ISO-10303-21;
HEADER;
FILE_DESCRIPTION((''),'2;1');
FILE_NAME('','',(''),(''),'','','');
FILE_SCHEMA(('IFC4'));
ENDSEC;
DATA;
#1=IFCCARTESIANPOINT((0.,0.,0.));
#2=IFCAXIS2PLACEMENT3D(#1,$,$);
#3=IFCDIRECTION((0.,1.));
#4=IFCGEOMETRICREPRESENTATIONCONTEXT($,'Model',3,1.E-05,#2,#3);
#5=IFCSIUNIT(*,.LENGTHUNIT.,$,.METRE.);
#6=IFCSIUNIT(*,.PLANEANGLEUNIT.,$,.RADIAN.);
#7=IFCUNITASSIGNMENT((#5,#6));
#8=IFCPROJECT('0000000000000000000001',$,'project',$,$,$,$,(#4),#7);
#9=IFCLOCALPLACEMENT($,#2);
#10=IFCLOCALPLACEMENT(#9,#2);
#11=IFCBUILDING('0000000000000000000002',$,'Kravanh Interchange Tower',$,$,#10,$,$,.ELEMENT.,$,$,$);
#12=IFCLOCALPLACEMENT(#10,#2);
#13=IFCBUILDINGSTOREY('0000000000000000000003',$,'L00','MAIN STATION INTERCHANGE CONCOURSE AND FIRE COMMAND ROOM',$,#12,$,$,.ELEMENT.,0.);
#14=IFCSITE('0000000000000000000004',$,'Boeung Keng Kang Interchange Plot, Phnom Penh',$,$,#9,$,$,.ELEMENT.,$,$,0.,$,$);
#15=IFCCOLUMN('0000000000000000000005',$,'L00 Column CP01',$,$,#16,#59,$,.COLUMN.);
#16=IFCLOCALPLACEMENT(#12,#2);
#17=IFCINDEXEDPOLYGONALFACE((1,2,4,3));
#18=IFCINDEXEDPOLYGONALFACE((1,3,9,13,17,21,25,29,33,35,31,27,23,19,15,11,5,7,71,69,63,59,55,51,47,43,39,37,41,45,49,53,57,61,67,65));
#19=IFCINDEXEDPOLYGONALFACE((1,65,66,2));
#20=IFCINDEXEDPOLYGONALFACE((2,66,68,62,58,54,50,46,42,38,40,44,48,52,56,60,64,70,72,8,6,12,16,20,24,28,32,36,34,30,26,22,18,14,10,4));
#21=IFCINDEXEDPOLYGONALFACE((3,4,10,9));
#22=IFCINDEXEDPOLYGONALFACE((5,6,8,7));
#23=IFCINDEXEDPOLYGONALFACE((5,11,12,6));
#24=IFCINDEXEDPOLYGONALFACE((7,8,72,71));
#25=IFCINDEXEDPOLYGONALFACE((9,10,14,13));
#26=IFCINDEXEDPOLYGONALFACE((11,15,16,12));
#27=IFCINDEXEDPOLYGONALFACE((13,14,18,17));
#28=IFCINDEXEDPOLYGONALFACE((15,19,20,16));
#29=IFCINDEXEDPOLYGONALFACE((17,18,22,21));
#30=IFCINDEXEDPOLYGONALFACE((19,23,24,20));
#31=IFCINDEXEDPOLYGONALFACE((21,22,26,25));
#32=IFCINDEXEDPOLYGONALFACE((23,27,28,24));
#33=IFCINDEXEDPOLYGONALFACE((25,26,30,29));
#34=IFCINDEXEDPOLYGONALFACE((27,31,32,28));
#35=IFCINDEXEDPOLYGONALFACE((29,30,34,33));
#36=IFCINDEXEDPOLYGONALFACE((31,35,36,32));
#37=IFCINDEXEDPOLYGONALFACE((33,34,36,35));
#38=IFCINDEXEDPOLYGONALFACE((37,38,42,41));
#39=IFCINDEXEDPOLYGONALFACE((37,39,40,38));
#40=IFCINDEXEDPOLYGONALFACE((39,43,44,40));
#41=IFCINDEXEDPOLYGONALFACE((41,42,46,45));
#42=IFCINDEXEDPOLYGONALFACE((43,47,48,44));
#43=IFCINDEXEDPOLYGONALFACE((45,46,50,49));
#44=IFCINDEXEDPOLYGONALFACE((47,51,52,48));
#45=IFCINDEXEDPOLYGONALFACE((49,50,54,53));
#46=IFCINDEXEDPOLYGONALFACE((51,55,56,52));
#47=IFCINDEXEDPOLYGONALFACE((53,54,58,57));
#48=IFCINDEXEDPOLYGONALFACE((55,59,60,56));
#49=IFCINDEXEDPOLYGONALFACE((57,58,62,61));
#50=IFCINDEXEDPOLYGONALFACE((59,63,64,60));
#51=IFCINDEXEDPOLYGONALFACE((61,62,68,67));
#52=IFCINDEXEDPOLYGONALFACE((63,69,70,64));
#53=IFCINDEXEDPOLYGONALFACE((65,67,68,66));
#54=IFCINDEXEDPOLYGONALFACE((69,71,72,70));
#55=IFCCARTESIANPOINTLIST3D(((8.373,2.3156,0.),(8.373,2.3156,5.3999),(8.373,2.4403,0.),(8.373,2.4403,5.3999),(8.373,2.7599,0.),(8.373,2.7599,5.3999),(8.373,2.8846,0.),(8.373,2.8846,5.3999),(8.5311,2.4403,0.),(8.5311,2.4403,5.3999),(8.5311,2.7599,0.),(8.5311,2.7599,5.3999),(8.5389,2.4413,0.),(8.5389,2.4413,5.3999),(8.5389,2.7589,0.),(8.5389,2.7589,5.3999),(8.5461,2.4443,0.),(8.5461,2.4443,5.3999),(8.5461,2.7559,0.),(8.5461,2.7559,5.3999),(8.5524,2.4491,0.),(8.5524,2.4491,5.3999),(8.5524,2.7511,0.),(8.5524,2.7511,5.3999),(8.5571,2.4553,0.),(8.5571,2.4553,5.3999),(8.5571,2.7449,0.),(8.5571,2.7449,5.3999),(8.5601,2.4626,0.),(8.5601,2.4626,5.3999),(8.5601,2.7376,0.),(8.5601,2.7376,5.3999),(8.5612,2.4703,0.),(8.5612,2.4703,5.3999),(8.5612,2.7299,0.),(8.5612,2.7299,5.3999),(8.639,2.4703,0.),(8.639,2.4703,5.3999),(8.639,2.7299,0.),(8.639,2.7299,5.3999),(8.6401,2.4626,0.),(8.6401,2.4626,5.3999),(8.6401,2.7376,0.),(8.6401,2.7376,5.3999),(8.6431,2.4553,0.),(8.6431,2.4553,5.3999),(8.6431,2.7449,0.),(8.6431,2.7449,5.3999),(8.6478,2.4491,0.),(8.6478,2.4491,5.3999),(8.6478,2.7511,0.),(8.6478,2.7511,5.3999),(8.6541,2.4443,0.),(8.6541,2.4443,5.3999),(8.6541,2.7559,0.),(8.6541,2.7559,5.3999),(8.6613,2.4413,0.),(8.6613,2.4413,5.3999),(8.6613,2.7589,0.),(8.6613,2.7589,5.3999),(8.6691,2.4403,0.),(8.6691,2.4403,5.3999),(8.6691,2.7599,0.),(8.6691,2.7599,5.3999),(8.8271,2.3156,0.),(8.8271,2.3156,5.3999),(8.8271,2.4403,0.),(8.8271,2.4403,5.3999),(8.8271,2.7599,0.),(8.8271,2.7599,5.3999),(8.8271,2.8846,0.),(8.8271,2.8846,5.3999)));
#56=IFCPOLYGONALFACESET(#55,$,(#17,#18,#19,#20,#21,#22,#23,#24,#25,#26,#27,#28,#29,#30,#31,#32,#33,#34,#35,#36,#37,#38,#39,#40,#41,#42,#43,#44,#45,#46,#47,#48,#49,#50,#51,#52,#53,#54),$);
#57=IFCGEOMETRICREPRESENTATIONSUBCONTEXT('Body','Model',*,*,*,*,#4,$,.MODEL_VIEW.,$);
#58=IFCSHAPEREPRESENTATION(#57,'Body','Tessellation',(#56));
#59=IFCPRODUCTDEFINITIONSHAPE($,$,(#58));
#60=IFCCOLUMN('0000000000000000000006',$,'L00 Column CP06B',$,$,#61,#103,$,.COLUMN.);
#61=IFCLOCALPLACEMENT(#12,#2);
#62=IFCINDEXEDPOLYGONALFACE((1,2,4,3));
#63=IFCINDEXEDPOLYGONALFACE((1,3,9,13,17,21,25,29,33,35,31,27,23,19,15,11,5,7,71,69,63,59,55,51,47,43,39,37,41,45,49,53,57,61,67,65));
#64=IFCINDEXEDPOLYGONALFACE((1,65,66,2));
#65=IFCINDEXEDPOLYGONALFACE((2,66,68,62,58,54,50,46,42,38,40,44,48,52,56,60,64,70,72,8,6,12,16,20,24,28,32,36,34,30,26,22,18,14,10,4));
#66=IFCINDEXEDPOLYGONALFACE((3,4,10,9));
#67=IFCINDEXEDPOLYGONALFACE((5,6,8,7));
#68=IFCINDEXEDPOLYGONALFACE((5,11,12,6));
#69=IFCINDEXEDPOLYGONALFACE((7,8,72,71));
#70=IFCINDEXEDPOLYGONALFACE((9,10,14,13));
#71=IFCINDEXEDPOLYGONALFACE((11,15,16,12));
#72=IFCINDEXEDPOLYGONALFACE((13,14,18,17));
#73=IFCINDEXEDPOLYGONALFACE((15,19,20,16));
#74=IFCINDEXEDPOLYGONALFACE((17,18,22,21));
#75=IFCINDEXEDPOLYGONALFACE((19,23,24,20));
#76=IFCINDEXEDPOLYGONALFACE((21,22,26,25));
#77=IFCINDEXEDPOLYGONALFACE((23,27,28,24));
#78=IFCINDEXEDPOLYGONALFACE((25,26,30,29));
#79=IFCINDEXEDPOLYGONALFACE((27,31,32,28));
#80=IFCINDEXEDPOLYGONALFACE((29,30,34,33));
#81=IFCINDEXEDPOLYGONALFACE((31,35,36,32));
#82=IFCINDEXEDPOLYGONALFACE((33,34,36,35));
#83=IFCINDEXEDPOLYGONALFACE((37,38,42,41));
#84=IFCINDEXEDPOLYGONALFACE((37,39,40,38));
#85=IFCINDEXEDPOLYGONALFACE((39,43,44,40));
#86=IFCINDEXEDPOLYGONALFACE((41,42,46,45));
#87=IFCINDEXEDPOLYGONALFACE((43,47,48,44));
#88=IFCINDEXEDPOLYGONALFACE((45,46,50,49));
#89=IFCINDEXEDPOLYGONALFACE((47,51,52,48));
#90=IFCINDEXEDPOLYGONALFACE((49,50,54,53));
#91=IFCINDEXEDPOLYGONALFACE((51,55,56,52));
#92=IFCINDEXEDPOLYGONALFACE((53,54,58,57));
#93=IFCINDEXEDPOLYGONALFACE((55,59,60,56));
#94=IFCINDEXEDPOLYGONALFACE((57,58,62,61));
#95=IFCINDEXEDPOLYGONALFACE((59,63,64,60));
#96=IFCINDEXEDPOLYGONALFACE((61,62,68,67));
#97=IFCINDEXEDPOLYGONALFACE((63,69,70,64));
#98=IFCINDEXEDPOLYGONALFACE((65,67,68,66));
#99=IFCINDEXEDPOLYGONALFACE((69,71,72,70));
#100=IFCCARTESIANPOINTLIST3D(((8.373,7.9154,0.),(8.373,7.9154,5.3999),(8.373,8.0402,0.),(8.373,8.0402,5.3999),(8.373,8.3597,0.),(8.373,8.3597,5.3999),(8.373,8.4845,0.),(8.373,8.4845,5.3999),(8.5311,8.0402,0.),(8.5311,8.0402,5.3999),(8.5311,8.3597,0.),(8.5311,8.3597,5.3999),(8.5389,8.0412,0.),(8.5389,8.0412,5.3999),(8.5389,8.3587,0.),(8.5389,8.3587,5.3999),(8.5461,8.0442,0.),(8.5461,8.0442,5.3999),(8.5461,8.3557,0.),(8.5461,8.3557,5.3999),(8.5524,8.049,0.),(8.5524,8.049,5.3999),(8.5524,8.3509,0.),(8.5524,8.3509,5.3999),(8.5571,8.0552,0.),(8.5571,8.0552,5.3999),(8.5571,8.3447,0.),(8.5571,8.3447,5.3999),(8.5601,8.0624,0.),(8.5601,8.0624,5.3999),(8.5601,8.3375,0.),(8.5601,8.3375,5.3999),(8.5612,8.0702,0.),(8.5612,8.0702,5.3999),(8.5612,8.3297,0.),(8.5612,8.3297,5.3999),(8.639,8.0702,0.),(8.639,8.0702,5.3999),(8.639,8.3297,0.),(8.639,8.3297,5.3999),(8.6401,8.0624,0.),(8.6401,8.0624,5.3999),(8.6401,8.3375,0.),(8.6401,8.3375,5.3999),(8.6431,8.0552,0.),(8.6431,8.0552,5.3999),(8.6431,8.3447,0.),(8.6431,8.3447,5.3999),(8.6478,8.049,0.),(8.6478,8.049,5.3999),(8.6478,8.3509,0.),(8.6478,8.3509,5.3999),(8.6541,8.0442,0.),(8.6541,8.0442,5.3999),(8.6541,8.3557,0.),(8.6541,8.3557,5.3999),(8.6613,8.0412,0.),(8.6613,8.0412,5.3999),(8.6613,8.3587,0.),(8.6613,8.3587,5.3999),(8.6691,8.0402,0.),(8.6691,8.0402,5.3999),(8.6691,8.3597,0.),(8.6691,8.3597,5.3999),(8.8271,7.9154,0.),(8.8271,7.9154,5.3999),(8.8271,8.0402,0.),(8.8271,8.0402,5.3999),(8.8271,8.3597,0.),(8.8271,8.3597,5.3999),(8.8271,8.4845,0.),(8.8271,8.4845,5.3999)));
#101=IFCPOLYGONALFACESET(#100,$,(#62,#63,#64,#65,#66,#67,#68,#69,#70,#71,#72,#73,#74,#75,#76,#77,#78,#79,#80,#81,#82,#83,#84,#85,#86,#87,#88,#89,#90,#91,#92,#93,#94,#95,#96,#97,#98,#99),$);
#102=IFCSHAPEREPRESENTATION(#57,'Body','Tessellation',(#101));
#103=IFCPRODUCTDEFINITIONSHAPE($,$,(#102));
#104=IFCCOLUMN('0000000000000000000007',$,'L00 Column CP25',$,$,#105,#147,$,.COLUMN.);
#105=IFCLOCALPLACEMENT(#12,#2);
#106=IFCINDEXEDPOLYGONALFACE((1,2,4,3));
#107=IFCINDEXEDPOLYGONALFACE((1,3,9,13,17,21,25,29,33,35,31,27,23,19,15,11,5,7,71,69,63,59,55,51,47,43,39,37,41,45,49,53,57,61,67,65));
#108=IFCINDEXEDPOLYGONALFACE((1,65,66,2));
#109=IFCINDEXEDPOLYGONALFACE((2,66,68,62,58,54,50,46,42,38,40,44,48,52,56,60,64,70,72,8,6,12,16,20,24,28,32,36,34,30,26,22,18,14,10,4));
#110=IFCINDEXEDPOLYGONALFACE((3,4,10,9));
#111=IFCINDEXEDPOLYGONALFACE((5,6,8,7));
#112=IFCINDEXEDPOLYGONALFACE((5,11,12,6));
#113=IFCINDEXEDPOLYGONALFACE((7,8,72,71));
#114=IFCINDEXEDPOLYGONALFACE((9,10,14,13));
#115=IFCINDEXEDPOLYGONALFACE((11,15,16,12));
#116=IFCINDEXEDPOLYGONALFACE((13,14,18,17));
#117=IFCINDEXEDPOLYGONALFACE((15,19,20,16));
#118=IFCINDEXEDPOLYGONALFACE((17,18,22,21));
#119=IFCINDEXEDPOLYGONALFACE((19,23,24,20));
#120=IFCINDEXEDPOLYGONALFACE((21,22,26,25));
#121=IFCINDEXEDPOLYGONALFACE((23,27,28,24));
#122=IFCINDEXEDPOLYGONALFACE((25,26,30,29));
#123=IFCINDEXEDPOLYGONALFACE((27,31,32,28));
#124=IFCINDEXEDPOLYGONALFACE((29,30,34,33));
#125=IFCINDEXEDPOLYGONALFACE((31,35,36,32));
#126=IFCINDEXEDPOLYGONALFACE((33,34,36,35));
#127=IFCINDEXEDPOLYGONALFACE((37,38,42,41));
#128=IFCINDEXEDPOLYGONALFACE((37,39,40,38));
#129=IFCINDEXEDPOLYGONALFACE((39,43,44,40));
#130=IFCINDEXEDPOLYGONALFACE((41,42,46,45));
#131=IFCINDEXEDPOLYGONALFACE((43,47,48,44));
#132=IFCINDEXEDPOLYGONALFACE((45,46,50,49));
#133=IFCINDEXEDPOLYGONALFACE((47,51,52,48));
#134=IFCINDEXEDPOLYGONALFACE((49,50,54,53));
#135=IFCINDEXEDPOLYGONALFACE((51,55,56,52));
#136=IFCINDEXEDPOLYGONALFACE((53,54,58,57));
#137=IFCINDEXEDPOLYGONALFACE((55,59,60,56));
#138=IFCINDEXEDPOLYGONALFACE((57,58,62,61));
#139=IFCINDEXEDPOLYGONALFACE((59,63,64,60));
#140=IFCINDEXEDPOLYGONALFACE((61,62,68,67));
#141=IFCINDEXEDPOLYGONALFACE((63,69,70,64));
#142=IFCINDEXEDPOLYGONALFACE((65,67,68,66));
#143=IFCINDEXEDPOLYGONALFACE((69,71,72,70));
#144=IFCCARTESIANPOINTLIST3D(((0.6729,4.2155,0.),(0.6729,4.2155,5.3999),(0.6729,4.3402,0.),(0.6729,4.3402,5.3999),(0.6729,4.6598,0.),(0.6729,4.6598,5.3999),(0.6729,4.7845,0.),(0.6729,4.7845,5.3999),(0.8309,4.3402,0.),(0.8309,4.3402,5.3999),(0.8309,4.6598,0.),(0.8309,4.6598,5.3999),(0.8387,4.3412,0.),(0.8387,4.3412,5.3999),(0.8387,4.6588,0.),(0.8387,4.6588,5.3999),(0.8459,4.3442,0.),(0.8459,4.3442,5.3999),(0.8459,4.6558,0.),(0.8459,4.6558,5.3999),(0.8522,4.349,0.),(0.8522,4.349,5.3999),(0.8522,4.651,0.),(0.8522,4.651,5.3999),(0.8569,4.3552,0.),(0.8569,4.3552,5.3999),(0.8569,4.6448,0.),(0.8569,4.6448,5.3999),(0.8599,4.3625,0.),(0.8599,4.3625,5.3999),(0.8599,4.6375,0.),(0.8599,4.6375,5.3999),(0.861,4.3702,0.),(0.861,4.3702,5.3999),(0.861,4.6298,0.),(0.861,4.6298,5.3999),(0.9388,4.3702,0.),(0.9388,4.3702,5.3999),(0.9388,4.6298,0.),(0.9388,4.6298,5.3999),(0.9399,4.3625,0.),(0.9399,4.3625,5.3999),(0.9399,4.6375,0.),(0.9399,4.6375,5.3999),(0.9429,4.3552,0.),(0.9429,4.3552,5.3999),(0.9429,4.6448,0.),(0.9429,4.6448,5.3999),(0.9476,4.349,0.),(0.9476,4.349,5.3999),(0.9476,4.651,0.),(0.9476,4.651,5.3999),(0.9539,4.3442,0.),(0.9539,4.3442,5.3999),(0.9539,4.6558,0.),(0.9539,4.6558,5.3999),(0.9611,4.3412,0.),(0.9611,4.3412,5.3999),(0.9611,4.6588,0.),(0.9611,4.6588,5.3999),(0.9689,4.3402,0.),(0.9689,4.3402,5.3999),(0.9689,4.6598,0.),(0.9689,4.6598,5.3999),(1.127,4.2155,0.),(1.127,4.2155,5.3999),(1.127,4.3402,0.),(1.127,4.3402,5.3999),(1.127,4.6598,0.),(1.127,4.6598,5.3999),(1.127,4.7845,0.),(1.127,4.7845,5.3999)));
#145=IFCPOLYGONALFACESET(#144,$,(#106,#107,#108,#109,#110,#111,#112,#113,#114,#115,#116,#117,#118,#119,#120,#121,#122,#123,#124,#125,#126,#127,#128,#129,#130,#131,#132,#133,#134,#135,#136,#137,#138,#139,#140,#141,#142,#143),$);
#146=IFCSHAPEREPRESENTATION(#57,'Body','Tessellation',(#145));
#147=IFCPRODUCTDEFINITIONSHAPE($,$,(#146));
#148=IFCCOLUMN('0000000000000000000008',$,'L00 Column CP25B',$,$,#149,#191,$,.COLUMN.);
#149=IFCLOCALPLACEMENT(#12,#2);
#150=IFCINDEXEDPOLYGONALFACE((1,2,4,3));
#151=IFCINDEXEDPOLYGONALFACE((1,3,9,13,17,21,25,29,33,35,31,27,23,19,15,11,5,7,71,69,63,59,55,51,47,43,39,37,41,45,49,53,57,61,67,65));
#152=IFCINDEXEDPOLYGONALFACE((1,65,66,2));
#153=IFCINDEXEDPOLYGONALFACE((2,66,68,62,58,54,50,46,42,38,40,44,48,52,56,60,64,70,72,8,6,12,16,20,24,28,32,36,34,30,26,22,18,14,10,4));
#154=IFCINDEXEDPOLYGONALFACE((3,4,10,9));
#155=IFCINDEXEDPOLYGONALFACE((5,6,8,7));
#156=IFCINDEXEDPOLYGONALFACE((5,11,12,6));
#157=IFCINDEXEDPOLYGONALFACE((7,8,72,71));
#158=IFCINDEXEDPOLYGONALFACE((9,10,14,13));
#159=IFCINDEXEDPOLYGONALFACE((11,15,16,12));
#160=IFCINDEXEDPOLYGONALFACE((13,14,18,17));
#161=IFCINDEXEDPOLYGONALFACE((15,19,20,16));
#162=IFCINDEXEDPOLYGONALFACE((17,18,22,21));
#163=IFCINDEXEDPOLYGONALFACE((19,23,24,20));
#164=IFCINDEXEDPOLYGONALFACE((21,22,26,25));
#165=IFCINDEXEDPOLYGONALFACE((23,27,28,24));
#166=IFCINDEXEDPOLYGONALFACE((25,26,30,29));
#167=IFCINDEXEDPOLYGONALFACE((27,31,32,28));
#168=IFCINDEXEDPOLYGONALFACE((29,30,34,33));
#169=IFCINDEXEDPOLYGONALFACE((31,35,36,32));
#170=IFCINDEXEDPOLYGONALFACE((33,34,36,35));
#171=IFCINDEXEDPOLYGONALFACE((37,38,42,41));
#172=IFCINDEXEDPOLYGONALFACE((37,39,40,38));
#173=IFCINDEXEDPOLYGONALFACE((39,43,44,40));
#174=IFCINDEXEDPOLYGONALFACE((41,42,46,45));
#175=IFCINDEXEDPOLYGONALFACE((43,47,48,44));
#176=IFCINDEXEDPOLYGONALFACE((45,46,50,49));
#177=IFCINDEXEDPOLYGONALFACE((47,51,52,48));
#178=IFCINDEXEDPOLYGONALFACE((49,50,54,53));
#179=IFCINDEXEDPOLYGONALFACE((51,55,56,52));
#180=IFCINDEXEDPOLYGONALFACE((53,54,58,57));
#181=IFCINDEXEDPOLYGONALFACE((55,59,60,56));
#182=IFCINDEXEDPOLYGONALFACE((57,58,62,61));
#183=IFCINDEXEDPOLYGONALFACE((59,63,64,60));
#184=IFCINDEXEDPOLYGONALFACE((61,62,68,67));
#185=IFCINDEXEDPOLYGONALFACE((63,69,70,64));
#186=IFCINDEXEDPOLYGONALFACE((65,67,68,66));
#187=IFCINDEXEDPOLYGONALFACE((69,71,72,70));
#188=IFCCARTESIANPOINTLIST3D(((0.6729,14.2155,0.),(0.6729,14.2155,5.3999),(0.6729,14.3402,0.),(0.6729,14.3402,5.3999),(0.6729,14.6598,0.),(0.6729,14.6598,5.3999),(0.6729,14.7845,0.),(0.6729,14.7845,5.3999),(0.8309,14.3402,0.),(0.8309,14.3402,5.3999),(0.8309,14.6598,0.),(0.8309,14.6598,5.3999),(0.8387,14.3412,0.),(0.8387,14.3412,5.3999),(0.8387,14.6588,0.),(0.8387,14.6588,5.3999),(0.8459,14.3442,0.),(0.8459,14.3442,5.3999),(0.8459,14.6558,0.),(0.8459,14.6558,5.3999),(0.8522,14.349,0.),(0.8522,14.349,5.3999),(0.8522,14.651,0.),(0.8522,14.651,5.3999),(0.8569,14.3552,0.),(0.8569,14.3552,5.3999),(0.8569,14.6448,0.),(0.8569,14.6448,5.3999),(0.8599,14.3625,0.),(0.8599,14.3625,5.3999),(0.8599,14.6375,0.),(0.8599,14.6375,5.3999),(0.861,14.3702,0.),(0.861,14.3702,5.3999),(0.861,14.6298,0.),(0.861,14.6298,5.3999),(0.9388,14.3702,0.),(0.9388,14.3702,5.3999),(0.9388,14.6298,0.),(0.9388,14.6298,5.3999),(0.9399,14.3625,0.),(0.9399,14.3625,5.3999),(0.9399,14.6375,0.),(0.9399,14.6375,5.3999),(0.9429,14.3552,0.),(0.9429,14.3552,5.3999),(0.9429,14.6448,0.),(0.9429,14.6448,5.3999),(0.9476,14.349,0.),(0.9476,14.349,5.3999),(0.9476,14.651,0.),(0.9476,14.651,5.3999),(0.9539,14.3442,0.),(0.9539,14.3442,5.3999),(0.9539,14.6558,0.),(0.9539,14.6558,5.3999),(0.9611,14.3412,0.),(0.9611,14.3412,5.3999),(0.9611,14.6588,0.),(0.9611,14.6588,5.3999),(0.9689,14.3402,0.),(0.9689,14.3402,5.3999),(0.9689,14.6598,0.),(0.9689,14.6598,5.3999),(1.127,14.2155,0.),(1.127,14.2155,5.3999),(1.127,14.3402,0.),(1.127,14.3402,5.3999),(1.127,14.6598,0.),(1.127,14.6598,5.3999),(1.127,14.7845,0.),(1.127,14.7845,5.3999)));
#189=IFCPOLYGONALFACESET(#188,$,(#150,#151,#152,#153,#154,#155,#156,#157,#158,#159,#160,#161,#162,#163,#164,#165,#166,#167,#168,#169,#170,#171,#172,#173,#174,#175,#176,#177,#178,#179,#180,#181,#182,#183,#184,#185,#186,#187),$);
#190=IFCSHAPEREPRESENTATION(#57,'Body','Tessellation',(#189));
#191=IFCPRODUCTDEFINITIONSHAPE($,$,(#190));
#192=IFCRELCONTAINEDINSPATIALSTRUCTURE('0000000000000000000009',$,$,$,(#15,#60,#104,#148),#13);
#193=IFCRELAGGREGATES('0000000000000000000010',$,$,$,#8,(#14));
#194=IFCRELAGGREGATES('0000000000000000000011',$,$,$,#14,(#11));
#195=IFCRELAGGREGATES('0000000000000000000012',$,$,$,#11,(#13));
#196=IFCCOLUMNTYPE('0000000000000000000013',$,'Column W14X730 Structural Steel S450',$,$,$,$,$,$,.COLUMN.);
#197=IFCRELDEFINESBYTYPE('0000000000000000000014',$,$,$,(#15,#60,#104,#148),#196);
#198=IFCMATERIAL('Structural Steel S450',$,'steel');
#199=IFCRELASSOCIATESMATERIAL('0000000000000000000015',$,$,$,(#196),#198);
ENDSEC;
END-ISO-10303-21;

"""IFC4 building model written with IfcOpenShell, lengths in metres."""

from ifc_helpers import new_model, si_unit, direction, frame, origin, origin_2d, place, context, subcontext, project, spatial, i_section, extrude, material, material_profile, profile_set, type_object, element, save


model = new_model("IFC4")

# Units and contexts
model_context = context("Model", 3, precision=1e-05, world=origin(), true_north=direction((0.0, 1.0)))
body_context = subcontext(model_context, "Body", "Model", "MODEL_VIEW")
ifc_project = project(units=[si_unit("LENGTHUNIT", "METRE"), si_unit("PLANEANGLEUNIT", "RADIAN")], contexts=[model_context])

# Site, building, storey
site_placement = place(None, origin())
site = spatial("IfcSite", under=ifc_project, at=site_placement, Name="Boeung Keng Kang Interchange Plot, Phnom Penh", CompositionType="ELEMENT", RefElevation=0.0)
building_placement = place(site_placement, origin())
building = spatial("IfcBuilding", under=site, at=building_placement, Name="Kravanh Interchange Tower", CompositionType="ELEMENT")
storey_placement = place(building_placement, origin())
storey = spatial("IfcBuildingStorey", under=building, at=storey_placement, Name="L00", Description="MAIN STATION INTERCHANGE CONCOURSE AND FIRE COMMAND ROOM", CompositionType="ELEMENT", Elevation=0.0)

# Columns
ifc_material_1 = material(Name="Structural Steel S450", Category="steel")
ifc_material_profile_1 = material_profile(ifc_material_1, i_section(OverallWidth=0.4541, OverallDepth=0.5691, WebThickness=0.0779, FlangeThickness=0.1248, FilletRadius=0.03, at=origin_2d()), Name="W14X730")
ifc_profile_set_1 = profile_set([ifc_material_profile_1], Name="Structural Steel S450")
column_type = type_object("IfcColumnType", Name="Column W14X730 Structural Steel S450", PredefinedType="COLUMN", material=ifc_profile_set_1)
for number, where, z_axis, x_axis, name in (
    (1, (8.6001, 2.6001, 0.0), (0.0, 0.0, 1.0), (1.0, 0.0, 0.0), "L00 Column CP01"),
    (2, (8.6001, 8.2, 0.0), (0.0, 0.0, 1.0), (1.0, 0.0, 0.0), "L00 Column CP06B"),
    (3, (0.8999, 4.5, 0.0), (0.0, 0.0, 1.0), (1.0, 0.0, 0.0), "L00 Column CP25"),
    (4, (0.8999, 14.5, 0.0), (0.0, 0.0, 1.0), (1.0, 0.0, 0.0), "L00 Column CP25B"),
):
    element("IfcColumn", number, at=place(storey_placement, frame(where, z_axis=z_axis, x_axis=x_axis)), inside=storey, type_object=column_type, Name=name, PredefinedType="COLUMN", context=body_context, shape_type="SweptSolid", body=[
        extrude(i_section(OverallWidth=0.4541, OverallDepth=0.5691, WebThickness=0.0779, FlangeThickness=0.1248, FilletRadius=0.03, at=origin_2d()), origin(), (0.0, 0.0, 1.0), 5.3999),
    ])

save(model, "model.ifc")
